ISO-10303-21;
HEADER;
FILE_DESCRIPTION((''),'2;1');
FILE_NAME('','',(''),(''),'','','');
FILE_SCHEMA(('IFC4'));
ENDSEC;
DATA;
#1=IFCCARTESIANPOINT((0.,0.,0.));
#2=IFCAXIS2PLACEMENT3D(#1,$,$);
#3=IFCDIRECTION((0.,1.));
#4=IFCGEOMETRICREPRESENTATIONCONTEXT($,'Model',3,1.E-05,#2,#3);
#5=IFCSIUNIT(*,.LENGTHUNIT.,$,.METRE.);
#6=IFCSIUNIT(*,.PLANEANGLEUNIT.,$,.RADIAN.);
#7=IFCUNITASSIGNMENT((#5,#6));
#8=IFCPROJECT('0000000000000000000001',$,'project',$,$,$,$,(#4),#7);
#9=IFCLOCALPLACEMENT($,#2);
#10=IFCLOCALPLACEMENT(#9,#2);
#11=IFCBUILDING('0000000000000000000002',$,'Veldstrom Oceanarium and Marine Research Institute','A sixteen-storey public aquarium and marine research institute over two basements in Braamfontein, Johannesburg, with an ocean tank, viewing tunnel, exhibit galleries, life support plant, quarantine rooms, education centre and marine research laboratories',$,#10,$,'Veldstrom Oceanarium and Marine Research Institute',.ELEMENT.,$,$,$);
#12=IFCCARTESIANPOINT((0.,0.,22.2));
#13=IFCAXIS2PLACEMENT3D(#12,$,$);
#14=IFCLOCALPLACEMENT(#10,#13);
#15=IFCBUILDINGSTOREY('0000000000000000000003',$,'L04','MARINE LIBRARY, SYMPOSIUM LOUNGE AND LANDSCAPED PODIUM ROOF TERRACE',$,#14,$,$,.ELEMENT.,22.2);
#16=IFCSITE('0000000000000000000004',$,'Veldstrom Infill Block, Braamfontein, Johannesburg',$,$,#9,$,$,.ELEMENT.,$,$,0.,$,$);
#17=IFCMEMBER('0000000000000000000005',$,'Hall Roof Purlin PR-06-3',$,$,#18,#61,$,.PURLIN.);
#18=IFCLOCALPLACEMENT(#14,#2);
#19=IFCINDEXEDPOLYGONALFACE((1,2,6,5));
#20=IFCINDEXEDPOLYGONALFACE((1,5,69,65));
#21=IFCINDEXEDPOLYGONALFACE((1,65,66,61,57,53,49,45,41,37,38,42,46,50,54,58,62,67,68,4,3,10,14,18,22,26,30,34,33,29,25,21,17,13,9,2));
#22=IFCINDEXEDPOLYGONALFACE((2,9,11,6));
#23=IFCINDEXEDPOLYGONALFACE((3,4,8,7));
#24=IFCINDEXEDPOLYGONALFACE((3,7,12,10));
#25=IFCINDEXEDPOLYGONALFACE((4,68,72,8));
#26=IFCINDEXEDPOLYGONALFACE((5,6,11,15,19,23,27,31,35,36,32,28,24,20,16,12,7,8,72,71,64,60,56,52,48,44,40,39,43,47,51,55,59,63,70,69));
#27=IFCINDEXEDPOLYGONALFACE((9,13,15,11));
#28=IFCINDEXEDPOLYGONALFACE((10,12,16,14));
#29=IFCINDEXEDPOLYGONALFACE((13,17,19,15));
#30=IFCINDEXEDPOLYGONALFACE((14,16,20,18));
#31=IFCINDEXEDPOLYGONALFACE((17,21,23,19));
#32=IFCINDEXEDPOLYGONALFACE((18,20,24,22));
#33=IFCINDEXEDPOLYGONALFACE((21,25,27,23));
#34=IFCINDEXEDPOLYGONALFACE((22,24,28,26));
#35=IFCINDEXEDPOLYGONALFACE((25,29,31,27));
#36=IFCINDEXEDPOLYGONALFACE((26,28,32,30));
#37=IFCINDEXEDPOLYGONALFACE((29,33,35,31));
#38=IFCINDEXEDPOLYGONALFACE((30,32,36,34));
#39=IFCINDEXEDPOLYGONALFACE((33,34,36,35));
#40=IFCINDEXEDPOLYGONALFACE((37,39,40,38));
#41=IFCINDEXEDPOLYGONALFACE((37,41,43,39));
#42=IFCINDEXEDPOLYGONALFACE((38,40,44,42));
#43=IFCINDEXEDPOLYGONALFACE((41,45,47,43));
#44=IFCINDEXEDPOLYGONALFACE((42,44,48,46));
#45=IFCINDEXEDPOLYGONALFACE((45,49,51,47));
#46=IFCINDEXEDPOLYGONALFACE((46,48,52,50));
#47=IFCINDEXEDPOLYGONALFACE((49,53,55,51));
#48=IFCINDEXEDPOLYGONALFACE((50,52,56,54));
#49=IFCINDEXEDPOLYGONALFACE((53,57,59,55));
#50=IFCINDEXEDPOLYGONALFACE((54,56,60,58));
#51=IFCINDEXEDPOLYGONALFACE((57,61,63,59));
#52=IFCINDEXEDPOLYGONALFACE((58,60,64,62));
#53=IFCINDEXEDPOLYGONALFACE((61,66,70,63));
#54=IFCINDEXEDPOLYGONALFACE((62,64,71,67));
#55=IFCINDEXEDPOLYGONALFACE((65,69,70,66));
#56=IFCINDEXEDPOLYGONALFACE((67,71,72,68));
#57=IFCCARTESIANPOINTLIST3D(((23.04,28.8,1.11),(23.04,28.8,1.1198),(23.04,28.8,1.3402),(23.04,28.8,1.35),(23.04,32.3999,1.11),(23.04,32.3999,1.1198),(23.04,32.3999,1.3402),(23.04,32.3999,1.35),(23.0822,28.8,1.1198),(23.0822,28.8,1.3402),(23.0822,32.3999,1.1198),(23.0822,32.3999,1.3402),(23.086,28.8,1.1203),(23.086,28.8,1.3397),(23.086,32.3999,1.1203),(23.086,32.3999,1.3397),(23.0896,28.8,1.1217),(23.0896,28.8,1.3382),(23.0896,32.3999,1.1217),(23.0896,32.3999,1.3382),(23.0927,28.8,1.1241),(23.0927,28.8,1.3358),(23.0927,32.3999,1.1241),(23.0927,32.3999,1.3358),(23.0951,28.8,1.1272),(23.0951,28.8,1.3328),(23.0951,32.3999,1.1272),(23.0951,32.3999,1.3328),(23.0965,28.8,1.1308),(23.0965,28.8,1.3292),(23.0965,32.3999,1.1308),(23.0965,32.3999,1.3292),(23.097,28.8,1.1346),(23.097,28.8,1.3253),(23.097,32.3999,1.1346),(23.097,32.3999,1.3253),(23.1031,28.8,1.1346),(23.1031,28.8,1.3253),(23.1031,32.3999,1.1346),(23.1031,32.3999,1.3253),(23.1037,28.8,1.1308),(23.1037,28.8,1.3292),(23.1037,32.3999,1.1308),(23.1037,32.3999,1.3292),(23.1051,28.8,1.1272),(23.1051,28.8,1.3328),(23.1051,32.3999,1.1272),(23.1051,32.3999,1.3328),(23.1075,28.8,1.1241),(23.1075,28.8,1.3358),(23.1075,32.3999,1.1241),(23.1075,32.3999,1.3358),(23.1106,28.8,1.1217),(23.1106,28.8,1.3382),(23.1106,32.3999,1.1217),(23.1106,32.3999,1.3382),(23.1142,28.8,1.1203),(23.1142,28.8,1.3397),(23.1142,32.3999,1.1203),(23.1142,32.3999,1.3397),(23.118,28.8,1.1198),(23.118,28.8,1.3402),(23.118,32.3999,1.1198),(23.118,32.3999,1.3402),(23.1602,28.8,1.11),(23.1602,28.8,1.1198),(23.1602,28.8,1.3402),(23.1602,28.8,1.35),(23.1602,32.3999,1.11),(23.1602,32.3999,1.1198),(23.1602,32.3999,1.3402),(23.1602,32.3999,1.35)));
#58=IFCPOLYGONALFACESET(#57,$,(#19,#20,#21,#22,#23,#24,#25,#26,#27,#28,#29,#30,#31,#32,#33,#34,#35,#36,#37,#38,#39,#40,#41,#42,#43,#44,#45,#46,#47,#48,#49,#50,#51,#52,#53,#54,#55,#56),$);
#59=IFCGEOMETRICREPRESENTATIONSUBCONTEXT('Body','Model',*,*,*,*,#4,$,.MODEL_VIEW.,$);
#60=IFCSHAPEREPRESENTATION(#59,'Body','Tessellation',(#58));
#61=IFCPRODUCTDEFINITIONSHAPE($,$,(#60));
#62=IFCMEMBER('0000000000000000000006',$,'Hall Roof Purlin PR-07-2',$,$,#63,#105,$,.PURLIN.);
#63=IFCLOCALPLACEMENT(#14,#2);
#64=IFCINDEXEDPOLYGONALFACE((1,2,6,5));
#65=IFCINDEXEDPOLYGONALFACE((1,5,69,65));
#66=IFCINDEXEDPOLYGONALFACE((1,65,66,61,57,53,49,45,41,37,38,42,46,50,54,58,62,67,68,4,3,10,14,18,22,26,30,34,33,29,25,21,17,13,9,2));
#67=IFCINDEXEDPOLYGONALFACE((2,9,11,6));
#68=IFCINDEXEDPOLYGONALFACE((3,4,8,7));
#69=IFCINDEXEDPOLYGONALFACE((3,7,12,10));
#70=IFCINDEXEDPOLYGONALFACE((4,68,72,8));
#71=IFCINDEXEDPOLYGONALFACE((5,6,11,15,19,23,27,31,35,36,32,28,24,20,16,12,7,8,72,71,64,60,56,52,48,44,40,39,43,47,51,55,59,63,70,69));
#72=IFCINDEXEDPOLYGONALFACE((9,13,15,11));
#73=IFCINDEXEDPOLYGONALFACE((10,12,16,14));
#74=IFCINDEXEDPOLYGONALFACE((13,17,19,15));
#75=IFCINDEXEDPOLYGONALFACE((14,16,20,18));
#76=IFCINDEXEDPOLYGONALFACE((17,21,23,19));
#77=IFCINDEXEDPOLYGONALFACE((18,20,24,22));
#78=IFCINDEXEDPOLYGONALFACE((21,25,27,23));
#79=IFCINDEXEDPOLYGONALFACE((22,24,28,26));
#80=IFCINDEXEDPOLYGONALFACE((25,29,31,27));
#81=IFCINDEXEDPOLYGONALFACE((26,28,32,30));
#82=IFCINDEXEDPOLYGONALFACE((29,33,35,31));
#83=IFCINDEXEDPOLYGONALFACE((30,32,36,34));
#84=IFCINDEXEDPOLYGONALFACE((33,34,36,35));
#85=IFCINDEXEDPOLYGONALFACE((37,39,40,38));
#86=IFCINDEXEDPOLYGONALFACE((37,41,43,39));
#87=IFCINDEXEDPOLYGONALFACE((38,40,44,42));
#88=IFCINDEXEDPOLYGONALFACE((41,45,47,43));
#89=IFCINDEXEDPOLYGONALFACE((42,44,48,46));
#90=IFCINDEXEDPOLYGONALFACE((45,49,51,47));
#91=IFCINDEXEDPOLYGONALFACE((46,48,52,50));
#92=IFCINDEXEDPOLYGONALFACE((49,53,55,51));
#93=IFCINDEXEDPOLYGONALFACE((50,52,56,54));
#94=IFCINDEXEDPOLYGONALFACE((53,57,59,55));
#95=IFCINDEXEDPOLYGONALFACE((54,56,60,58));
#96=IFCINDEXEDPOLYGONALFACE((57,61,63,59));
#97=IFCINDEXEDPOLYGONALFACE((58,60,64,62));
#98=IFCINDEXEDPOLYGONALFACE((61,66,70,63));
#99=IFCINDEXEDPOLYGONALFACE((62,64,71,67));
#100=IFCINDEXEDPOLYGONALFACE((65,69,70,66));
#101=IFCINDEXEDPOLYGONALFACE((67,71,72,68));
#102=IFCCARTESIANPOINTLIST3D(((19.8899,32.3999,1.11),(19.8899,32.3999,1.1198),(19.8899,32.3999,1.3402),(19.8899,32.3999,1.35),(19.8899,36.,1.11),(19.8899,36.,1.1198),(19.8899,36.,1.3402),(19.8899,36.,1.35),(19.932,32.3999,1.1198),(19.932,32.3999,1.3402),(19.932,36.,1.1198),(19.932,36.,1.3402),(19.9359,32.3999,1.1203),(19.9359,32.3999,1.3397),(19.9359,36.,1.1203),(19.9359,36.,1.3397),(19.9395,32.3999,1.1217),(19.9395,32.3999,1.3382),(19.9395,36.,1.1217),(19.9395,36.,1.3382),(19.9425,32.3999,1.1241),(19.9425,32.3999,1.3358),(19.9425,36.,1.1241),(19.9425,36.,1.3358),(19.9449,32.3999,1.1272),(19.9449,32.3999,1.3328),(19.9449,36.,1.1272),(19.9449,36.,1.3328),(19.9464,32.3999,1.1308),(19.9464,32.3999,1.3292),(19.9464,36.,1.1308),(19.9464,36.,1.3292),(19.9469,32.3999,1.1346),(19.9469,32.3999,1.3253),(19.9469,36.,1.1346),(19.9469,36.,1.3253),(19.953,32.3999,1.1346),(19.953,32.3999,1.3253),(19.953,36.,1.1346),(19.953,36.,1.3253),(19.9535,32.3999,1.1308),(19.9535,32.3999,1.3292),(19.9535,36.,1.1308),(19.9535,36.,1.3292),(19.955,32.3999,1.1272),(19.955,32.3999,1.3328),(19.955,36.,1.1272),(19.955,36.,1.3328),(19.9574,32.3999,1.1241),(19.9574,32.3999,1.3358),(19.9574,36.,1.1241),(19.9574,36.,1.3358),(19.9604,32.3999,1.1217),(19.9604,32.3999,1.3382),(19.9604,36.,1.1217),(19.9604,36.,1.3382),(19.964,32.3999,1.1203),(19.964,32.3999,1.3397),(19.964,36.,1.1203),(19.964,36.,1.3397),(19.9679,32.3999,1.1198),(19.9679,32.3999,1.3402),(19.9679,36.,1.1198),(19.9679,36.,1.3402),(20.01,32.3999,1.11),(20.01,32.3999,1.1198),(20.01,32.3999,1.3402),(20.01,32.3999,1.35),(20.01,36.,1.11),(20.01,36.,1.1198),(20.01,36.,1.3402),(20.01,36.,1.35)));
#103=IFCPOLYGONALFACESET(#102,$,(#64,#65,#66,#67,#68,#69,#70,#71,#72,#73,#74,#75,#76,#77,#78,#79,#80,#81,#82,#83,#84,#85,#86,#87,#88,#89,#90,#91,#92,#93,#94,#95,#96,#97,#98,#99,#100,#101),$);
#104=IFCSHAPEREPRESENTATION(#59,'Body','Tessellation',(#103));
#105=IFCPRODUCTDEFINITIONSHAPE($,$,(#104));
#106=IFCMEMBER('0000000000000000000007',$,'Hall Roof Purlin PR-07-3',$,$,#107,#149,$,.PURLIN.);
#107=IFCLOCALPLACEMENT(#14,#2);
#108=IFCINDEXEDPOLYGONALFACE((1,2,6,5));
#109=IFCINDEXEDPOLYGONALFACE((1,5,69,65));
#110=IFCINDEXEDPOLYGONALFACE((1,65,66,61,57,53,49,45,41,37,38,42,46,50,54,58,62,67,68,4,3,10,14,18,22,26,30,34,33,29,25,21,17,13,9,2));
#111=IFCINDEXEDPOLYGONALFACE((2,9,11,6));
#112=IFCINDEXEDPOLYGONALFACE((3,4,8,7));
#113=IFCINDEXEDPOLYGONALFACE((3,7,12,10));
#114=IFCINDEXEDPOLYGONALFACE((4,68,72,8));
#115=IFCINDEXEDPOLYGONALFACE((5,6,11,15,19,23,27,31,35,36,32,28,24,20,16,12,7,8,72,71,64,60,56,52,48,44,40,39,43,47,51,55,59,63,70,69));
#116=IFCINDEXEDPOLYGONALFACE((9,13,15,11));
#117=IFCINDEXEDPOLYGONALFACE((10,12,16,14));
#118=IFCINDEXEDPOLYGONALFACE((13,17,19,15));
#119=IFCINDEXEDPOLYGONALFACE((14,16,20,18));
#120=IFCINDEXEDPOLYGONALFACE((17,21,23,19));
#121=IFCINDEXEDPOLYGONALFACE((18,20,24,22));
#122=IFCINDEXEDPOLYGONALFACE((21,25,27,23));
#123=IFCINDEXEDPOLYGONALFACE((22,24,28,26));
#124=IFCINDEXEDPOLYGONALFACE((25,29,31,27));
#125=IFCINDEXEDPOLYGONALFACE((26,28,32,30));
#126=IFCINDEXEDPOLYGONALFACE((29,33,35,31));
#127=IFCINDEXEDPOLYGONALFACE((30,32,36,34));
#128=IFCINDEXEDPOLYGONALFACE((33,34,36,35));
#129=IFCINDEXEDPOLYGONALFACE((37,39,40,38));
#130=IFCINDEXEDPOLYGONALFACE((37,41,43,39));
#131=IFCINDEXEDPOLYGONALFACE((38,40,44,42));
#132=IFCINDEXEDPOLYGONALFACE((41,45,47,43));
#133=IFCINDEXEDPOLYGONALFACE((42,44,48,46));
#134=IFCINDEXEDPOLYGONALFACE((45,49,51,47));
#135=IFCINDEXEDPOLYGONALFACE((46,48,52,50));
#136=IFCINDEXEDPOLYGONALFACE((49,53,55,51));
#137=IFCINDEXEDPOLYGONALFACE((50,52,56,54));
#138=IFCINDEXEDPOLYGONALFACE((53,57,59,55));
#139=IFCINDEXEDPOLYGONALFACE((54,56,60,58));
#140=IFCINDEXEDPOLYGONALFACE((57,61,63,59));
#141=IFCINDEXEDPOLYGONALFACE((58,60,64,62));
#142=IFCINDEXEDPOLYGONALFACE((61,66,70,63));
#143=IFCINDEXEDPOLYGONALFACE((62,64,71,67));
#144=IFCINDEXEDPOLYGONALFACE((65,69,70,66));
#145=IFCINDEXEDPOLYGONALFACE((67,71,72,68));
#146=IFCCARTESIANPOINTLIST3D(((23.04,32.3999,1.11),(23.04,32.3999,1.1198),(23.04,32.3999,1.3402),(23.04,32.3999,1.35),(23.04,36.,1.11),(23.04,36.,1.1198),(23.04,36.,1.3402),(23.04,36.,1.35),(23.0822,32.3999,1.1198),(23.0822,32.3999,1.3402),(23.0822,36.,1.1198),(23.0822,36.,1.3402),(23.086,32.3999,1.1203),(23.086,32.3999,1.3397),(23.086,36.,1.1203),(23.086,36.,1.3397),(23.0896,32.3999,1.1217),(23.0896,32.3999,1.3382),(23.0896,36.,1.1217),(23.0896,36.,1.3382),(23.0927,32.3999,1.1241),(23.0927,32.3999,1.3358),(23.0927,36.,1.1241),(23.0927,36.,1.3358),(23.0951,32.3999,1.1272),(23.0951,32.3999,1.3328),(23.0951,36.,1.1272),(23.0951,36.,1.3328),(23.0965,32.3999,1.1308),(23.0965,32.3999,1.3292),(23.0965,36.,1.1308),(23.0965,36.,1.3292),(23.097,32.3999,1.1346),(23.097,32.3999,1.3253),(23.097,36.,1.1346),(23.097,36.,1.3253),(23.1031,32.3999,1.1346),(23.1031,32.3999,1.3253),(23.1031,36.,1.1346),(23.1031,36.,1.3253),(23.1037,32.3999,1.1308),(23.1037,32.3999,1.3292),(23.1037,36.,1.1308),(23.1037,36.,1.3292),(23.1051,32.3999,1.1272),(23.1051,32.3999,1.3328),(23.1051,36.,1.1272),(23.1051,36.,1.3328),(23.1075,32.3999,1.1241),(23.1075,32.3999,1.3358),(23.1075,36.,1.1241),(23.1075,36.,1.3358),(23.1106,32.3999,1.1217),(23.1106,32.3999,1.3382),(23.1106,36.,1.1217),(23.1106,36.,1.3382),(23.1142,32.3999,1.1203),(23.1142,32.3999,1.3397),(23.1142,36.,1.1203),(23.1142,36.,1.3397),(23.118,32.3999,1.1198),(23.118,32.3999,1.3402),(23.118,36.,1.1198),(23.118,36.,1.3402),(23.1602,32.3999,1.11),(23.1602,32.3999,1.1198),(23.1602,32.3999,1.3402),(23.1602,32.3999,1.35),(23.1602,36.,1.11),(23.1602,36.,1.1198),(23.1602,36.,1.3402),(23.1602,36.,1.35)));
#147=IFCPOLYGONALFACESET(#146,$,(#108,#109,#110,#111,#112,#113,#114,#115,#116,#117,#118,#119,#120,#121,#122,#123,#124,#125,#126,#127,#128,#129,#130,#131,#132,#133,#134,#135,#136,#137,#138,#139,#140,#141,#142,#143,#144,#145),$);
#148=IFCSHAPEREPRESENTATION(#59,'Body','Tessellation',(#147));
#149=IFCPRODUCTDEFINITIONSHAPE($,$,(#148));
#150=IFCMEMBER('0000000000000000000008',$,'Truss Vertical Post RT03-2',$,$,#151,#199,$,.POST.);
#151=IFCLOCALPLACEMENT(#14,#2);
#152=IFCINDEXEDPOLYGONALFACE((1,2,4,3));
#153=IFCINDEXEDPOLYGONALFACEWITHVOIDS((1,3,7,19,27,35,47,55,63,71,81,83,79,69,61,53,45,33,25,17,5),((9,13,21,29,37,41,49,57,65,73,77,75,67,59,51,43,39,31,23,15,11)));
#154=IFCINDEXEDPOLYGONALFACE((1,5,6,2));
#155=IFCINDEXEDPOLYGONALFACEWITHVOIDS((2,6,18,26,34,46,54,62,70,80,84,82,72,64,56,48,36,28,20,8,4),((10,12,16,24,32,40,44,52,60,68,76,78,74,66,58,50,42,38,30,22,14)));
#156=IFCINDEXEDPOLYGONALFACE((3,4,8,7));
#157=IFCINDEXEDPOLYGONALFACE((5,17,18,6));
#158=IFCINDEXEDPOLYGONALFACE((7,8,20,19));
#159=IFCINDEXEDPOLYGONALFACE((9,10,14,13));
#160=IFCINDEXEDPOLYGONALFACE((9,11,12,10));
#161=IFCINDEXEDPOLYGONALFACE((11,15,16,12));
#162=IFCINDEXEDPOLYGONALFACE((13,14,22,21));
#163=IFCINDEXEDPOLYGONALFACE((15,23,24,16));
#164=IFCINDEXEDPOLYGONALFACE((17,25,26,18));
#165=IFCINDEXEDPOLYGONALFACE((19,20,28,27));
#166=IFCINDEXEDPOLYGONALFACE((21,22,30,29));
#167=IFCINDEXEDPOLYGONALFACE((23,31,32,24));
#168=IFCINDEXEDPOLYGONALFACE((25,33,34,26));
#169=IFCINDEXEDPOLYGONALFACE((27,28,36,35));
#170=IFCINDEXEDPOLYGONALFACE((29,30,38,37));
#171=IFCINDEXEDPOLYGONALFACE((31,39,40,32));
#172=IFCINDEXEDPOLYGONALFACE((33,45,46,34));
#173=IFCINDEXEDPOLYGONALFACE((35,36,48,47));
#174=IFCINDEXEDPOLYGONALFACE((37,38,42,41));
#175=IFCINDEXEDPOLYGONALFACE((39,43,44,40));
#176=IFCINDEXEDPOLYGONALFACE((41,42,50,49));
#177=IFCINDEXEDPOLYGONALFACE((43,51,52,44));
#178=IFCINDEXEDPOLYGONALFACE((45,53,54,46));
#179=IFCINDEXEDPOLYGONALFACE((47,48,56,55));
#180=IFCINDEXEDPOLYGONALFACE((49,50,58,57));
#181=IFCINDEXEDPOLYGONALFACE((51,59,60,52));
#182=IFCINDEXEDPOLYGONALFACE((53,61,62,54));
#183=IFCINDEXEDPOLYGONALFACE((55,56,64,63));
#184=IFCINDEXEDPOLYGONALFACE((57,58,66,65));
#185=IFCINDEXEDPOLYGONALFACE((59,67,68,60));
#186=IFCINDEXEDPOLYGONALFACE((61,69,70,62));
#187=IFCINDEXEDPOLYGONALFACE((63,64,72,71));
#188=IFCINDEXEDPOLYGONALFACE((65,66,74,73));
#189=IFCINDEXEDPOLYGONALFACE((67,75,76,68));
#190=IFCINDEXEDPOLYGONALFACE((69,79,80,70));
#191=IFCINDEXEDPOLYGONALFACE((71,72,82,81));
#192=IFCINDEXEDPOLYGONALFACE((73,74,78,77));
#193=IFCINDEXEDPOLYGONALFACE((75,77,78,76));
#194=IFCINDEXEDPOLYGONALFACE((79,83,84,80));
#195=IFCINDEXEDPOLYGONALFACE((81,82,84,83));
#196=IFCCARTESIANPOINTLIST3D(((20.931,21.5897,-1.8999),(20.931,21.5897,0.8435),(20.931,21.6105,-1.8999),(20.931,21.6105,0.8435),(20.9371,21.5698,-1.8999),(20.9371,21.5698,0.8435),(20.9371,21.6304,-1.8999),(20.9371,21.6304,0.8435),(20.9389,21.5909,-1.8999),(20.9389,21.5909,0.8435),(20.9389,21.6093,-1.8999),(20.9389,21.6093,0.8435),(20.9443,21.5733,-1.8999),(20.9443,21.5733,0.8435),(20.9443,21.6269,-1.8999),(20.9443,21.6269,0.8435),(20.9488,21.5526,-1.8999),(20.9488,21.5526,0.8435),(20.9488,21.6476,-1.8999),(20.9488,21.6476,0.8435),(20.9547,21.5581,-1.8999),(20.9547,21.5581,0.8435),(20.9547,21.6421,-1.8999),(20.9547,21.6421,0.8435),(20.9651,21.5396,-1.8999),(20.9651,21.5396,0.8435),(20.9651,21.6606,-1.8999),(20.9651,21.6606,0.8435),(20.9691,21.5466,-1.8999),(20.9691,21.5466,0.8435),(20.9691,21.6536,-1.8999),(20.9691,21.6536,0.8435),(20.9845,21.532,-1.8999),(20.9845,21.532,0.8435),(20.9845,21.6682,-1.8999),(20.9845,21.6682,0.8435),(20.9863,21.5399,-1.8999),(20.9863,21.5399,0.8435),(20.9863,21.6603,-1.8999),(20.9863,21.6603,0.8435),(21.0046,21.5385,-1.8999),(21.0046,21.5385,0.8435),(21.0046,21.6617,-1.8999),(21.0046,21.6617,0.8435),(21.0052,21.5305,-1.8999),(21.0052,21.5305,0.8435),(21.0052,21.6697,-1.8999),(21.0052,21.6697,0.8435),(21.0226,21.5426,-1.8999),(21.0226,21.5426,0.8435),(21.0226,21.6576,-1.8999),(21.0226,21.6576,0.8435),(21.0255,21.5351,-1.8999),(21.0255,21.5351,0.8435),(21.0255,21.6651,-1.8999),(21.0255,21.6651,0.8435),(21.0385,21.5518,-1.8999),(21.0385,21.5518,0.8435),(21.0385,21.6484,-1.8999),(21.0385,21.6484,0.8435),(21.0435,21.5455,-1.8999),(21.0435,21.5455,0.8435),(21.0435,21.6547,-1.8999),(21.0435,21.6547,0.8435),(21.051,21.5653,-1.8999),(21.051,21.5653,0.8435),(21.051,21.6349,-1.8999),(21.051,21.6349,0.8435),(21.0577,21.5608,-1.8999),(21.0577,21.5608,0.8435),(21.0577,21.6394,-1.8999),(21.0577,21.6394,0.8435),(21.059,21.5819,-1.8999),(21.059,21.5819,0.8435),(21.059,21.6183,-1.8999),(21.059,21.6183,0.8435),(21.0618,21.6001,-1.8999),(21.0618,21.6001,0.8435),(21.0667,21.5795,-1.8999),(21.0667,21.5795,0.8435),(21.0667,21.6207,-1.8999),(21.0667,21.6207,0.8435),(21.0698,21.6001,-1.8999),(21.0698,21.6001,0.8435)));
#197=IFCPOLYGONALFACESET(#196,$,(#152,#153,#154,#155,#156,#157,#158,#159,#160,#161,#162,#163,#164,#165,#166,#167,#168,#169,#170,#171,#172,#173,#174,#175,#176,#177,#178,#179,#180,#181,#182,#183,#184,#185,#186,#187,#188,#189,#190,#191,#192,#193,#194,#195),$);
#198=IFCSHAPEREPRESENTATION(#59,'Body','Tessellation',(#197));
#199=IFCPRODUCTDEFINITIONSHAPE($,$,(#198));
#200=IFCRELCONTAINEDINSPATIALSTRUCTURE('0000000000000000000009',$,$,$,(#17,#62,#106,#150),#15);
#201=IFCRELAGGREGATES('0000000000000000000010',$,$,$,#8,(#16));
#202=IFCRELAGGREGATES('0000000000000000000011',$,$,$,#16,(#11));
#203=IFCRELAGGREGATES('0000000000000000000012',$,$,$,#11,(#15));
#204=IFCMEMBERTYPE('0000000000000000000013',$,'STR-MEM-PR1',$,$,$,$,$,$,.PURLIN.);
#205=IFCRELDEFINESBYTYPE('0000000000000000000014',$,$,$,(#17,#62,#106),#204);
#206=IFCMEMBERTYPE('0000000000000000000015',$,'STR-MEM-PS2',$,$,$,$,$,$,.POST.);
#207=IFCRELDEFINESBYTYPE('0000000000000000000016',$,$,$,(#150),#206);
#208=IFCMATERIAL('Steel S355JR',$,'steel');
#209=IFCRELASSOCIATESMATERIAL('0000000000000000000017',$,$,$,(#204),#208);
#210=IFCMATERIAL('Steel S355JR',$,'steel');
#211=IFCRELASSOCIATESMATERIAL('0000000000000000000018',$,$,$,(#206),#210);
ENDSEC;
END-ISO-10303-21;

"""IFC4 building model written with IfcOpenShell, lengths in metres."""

from ifc_helpers import new_model, si_unit, direction, frame, origin, origin_2d, place, context, subcontext, project, spatial, hollow_circle, i_section, extrude, material, material_profile, profile_set, type_object, element, save


model = new_model("IFC4")

# Units and contexts
model_context = context("Model", 3, precision=1e-05, world=origin(), true_north=direction((0.0, 1.0)))
body_context = subcontext(model_context, "Body", "Model", "MODEL_VIEW")
ifc_project = project(units=[si_unit("LENGTHUNIT", "METRE"), si_unit("PLANEANGLEUNIT", "RADIAN")], contexts=[model_context])

# Site, building, storey
site_placement = place(None, origin())
site = spatial("IfcSite", under=ifc_project, at=site_placement, Name="Veldstrom Infill Block, Braamfontein, Johannesburg", CompositionType="ELEMENT", RefElevation=0.0)
building_placement = place(site_placement, origin())
building = spatial("IfcBuilding", under=site, at=building_placement, Name="Veldstrom Oceanarium and Marine Research Institute", Description="A sixteen-storey public aquarium and marine research institute over two basements in Braamfontein, Johannesburg, with an ocean tank, viewing tunnel, exhibit galleries, life support plant, quarantine rooms, education centre and marine research laboratories", LongName="Veldstrom Oceanarium and Marine Research Institute", CompositionType="ELEMENT")
storey_placement = place(building_placement, frame((0.0, 0.0, 22.2)))
storey = spatial("IfcBuildingStorey", under=building, at=storey_placement, Name="L04", Description="MARINE LIBRARY, SYMPOSIUM LOUNGE AND LANDSCAPED PODIUM ROOF TERRACE", CompositionType="ELEMENT", Elevation=22.2)

# Members
ifc_material_1 = material(Name="Steel S355JR", Category="steel")
ifc_material_profile_1 = material_profile(ifc_material_1, i_section(OverallWidth=0.1201, OverallDepth=0.24, WebThickness=0.0061, FlangeThickness=0.0098, FilletRadius=0.0149, at=origin_2d()), Name="IPE 240")
ifc_profile_set_1 = profile_set([ifc_material_profile_1], Name="Steel S355JR")
member_type_1 = type_object("IfcMemberType", Name="STR-MEM-PR1", PredefinedType="PURLIN", material=ifc_profile_set_1)
for number, where, z_axis, x_axis, name in (
    (1, (23.1001, 28.8, 1.23), (0.0, 1.0, 0.0), (-1.0, 0.0, 0.0), "Hall Roof Purlin PR-06-3"),
):
    element("IfcMember", number, at=place(storey_placement, frame(where, z_axis=z_axis, x_axis=x_axis)), inside=storey, type_object=member_type_1, Name=name, PredefinedType="PURLIN", context=body_context, shape_type="SweptSolid", body=[
        extrude(i_section(OverallWidth=0.1201, OverallDepth=0.24, WebThickness=0.0061, FlangeThickness=0.0098, FilletRadius=0.0149, at=origin_2d()), origin(), (0.0, 0.0, 1.0), 3.5999),
    ])
for number, where, z_axis, x_axis, name in (
    (2, (19.95, 32.3999, 1.23), (0.0, 1.0, 0.0), (-1.0, 0.0, 0.0), "Hall Roof Purlin PR-07-2"),
    (3, (23.1001, 32.3999, 1.23), (0.0, 1.0, 0.0), (-1.0, 0.0, 0.0), "Hall Roof Purlin PR-07-3"),
):
    element("IfcMember", number, at=place(storey_placement, frame(where, z_axis=z_axis, x_axis=x_axis)), inside=storey, type_object=member_type_1, Name=name, PredefinedType="PURLIN", context=body_context, shape_type="SweptSolid", body=[
        extrude(i_section(OverallWidth=0.1201, OverallDepth=0.24, WebThickness=0.0061, FlangeThickness=0.0098, FilletRadius=0.0149, at=origin_2d()), origin(), (0.0, 0.0, 1.0), 3.6001),
    ])
ifc_material_2 = material(Name="Steel S355JR", Category="steel")
ifc_material_profile_2 = material_profile(ifc_material_2, hollow_circle(Radius=0.0698, WallThickness=0.0081, at=origin_2d()), Name="CHS 139.7x8")
ifc_profile_set_2 = profile_set([ifc_material_profile_2], Name="Steel S355JR")
member_type_2 = type_object("IfcMemberType", Name="STR-MEM-PS2", PredefinedType="POST", material=ifc_profile_set_2)
member_1_placement = place(storey_placement, frame((21.0, 21.6001, -1.8999), z_axis=(0.0, 0.0, 1.0), x_axis=(1.0, 0.0, 0.0)))
element("IfcMember", 4, at=member_1_placement, inside=storey, type_object=member_type_2, Name="Truss Vertical Post RT03-2", PredefinedType="POST", context=body_context, shape_type="SweptSolid", body=[
    extrude(hollow_circle(Radius=0.0698, WallThickness=0.0081, at=origin_2d()), origin(), (0.0, 0.0, 1.0), 2.7434),
])

save(model, "model.ifc")
